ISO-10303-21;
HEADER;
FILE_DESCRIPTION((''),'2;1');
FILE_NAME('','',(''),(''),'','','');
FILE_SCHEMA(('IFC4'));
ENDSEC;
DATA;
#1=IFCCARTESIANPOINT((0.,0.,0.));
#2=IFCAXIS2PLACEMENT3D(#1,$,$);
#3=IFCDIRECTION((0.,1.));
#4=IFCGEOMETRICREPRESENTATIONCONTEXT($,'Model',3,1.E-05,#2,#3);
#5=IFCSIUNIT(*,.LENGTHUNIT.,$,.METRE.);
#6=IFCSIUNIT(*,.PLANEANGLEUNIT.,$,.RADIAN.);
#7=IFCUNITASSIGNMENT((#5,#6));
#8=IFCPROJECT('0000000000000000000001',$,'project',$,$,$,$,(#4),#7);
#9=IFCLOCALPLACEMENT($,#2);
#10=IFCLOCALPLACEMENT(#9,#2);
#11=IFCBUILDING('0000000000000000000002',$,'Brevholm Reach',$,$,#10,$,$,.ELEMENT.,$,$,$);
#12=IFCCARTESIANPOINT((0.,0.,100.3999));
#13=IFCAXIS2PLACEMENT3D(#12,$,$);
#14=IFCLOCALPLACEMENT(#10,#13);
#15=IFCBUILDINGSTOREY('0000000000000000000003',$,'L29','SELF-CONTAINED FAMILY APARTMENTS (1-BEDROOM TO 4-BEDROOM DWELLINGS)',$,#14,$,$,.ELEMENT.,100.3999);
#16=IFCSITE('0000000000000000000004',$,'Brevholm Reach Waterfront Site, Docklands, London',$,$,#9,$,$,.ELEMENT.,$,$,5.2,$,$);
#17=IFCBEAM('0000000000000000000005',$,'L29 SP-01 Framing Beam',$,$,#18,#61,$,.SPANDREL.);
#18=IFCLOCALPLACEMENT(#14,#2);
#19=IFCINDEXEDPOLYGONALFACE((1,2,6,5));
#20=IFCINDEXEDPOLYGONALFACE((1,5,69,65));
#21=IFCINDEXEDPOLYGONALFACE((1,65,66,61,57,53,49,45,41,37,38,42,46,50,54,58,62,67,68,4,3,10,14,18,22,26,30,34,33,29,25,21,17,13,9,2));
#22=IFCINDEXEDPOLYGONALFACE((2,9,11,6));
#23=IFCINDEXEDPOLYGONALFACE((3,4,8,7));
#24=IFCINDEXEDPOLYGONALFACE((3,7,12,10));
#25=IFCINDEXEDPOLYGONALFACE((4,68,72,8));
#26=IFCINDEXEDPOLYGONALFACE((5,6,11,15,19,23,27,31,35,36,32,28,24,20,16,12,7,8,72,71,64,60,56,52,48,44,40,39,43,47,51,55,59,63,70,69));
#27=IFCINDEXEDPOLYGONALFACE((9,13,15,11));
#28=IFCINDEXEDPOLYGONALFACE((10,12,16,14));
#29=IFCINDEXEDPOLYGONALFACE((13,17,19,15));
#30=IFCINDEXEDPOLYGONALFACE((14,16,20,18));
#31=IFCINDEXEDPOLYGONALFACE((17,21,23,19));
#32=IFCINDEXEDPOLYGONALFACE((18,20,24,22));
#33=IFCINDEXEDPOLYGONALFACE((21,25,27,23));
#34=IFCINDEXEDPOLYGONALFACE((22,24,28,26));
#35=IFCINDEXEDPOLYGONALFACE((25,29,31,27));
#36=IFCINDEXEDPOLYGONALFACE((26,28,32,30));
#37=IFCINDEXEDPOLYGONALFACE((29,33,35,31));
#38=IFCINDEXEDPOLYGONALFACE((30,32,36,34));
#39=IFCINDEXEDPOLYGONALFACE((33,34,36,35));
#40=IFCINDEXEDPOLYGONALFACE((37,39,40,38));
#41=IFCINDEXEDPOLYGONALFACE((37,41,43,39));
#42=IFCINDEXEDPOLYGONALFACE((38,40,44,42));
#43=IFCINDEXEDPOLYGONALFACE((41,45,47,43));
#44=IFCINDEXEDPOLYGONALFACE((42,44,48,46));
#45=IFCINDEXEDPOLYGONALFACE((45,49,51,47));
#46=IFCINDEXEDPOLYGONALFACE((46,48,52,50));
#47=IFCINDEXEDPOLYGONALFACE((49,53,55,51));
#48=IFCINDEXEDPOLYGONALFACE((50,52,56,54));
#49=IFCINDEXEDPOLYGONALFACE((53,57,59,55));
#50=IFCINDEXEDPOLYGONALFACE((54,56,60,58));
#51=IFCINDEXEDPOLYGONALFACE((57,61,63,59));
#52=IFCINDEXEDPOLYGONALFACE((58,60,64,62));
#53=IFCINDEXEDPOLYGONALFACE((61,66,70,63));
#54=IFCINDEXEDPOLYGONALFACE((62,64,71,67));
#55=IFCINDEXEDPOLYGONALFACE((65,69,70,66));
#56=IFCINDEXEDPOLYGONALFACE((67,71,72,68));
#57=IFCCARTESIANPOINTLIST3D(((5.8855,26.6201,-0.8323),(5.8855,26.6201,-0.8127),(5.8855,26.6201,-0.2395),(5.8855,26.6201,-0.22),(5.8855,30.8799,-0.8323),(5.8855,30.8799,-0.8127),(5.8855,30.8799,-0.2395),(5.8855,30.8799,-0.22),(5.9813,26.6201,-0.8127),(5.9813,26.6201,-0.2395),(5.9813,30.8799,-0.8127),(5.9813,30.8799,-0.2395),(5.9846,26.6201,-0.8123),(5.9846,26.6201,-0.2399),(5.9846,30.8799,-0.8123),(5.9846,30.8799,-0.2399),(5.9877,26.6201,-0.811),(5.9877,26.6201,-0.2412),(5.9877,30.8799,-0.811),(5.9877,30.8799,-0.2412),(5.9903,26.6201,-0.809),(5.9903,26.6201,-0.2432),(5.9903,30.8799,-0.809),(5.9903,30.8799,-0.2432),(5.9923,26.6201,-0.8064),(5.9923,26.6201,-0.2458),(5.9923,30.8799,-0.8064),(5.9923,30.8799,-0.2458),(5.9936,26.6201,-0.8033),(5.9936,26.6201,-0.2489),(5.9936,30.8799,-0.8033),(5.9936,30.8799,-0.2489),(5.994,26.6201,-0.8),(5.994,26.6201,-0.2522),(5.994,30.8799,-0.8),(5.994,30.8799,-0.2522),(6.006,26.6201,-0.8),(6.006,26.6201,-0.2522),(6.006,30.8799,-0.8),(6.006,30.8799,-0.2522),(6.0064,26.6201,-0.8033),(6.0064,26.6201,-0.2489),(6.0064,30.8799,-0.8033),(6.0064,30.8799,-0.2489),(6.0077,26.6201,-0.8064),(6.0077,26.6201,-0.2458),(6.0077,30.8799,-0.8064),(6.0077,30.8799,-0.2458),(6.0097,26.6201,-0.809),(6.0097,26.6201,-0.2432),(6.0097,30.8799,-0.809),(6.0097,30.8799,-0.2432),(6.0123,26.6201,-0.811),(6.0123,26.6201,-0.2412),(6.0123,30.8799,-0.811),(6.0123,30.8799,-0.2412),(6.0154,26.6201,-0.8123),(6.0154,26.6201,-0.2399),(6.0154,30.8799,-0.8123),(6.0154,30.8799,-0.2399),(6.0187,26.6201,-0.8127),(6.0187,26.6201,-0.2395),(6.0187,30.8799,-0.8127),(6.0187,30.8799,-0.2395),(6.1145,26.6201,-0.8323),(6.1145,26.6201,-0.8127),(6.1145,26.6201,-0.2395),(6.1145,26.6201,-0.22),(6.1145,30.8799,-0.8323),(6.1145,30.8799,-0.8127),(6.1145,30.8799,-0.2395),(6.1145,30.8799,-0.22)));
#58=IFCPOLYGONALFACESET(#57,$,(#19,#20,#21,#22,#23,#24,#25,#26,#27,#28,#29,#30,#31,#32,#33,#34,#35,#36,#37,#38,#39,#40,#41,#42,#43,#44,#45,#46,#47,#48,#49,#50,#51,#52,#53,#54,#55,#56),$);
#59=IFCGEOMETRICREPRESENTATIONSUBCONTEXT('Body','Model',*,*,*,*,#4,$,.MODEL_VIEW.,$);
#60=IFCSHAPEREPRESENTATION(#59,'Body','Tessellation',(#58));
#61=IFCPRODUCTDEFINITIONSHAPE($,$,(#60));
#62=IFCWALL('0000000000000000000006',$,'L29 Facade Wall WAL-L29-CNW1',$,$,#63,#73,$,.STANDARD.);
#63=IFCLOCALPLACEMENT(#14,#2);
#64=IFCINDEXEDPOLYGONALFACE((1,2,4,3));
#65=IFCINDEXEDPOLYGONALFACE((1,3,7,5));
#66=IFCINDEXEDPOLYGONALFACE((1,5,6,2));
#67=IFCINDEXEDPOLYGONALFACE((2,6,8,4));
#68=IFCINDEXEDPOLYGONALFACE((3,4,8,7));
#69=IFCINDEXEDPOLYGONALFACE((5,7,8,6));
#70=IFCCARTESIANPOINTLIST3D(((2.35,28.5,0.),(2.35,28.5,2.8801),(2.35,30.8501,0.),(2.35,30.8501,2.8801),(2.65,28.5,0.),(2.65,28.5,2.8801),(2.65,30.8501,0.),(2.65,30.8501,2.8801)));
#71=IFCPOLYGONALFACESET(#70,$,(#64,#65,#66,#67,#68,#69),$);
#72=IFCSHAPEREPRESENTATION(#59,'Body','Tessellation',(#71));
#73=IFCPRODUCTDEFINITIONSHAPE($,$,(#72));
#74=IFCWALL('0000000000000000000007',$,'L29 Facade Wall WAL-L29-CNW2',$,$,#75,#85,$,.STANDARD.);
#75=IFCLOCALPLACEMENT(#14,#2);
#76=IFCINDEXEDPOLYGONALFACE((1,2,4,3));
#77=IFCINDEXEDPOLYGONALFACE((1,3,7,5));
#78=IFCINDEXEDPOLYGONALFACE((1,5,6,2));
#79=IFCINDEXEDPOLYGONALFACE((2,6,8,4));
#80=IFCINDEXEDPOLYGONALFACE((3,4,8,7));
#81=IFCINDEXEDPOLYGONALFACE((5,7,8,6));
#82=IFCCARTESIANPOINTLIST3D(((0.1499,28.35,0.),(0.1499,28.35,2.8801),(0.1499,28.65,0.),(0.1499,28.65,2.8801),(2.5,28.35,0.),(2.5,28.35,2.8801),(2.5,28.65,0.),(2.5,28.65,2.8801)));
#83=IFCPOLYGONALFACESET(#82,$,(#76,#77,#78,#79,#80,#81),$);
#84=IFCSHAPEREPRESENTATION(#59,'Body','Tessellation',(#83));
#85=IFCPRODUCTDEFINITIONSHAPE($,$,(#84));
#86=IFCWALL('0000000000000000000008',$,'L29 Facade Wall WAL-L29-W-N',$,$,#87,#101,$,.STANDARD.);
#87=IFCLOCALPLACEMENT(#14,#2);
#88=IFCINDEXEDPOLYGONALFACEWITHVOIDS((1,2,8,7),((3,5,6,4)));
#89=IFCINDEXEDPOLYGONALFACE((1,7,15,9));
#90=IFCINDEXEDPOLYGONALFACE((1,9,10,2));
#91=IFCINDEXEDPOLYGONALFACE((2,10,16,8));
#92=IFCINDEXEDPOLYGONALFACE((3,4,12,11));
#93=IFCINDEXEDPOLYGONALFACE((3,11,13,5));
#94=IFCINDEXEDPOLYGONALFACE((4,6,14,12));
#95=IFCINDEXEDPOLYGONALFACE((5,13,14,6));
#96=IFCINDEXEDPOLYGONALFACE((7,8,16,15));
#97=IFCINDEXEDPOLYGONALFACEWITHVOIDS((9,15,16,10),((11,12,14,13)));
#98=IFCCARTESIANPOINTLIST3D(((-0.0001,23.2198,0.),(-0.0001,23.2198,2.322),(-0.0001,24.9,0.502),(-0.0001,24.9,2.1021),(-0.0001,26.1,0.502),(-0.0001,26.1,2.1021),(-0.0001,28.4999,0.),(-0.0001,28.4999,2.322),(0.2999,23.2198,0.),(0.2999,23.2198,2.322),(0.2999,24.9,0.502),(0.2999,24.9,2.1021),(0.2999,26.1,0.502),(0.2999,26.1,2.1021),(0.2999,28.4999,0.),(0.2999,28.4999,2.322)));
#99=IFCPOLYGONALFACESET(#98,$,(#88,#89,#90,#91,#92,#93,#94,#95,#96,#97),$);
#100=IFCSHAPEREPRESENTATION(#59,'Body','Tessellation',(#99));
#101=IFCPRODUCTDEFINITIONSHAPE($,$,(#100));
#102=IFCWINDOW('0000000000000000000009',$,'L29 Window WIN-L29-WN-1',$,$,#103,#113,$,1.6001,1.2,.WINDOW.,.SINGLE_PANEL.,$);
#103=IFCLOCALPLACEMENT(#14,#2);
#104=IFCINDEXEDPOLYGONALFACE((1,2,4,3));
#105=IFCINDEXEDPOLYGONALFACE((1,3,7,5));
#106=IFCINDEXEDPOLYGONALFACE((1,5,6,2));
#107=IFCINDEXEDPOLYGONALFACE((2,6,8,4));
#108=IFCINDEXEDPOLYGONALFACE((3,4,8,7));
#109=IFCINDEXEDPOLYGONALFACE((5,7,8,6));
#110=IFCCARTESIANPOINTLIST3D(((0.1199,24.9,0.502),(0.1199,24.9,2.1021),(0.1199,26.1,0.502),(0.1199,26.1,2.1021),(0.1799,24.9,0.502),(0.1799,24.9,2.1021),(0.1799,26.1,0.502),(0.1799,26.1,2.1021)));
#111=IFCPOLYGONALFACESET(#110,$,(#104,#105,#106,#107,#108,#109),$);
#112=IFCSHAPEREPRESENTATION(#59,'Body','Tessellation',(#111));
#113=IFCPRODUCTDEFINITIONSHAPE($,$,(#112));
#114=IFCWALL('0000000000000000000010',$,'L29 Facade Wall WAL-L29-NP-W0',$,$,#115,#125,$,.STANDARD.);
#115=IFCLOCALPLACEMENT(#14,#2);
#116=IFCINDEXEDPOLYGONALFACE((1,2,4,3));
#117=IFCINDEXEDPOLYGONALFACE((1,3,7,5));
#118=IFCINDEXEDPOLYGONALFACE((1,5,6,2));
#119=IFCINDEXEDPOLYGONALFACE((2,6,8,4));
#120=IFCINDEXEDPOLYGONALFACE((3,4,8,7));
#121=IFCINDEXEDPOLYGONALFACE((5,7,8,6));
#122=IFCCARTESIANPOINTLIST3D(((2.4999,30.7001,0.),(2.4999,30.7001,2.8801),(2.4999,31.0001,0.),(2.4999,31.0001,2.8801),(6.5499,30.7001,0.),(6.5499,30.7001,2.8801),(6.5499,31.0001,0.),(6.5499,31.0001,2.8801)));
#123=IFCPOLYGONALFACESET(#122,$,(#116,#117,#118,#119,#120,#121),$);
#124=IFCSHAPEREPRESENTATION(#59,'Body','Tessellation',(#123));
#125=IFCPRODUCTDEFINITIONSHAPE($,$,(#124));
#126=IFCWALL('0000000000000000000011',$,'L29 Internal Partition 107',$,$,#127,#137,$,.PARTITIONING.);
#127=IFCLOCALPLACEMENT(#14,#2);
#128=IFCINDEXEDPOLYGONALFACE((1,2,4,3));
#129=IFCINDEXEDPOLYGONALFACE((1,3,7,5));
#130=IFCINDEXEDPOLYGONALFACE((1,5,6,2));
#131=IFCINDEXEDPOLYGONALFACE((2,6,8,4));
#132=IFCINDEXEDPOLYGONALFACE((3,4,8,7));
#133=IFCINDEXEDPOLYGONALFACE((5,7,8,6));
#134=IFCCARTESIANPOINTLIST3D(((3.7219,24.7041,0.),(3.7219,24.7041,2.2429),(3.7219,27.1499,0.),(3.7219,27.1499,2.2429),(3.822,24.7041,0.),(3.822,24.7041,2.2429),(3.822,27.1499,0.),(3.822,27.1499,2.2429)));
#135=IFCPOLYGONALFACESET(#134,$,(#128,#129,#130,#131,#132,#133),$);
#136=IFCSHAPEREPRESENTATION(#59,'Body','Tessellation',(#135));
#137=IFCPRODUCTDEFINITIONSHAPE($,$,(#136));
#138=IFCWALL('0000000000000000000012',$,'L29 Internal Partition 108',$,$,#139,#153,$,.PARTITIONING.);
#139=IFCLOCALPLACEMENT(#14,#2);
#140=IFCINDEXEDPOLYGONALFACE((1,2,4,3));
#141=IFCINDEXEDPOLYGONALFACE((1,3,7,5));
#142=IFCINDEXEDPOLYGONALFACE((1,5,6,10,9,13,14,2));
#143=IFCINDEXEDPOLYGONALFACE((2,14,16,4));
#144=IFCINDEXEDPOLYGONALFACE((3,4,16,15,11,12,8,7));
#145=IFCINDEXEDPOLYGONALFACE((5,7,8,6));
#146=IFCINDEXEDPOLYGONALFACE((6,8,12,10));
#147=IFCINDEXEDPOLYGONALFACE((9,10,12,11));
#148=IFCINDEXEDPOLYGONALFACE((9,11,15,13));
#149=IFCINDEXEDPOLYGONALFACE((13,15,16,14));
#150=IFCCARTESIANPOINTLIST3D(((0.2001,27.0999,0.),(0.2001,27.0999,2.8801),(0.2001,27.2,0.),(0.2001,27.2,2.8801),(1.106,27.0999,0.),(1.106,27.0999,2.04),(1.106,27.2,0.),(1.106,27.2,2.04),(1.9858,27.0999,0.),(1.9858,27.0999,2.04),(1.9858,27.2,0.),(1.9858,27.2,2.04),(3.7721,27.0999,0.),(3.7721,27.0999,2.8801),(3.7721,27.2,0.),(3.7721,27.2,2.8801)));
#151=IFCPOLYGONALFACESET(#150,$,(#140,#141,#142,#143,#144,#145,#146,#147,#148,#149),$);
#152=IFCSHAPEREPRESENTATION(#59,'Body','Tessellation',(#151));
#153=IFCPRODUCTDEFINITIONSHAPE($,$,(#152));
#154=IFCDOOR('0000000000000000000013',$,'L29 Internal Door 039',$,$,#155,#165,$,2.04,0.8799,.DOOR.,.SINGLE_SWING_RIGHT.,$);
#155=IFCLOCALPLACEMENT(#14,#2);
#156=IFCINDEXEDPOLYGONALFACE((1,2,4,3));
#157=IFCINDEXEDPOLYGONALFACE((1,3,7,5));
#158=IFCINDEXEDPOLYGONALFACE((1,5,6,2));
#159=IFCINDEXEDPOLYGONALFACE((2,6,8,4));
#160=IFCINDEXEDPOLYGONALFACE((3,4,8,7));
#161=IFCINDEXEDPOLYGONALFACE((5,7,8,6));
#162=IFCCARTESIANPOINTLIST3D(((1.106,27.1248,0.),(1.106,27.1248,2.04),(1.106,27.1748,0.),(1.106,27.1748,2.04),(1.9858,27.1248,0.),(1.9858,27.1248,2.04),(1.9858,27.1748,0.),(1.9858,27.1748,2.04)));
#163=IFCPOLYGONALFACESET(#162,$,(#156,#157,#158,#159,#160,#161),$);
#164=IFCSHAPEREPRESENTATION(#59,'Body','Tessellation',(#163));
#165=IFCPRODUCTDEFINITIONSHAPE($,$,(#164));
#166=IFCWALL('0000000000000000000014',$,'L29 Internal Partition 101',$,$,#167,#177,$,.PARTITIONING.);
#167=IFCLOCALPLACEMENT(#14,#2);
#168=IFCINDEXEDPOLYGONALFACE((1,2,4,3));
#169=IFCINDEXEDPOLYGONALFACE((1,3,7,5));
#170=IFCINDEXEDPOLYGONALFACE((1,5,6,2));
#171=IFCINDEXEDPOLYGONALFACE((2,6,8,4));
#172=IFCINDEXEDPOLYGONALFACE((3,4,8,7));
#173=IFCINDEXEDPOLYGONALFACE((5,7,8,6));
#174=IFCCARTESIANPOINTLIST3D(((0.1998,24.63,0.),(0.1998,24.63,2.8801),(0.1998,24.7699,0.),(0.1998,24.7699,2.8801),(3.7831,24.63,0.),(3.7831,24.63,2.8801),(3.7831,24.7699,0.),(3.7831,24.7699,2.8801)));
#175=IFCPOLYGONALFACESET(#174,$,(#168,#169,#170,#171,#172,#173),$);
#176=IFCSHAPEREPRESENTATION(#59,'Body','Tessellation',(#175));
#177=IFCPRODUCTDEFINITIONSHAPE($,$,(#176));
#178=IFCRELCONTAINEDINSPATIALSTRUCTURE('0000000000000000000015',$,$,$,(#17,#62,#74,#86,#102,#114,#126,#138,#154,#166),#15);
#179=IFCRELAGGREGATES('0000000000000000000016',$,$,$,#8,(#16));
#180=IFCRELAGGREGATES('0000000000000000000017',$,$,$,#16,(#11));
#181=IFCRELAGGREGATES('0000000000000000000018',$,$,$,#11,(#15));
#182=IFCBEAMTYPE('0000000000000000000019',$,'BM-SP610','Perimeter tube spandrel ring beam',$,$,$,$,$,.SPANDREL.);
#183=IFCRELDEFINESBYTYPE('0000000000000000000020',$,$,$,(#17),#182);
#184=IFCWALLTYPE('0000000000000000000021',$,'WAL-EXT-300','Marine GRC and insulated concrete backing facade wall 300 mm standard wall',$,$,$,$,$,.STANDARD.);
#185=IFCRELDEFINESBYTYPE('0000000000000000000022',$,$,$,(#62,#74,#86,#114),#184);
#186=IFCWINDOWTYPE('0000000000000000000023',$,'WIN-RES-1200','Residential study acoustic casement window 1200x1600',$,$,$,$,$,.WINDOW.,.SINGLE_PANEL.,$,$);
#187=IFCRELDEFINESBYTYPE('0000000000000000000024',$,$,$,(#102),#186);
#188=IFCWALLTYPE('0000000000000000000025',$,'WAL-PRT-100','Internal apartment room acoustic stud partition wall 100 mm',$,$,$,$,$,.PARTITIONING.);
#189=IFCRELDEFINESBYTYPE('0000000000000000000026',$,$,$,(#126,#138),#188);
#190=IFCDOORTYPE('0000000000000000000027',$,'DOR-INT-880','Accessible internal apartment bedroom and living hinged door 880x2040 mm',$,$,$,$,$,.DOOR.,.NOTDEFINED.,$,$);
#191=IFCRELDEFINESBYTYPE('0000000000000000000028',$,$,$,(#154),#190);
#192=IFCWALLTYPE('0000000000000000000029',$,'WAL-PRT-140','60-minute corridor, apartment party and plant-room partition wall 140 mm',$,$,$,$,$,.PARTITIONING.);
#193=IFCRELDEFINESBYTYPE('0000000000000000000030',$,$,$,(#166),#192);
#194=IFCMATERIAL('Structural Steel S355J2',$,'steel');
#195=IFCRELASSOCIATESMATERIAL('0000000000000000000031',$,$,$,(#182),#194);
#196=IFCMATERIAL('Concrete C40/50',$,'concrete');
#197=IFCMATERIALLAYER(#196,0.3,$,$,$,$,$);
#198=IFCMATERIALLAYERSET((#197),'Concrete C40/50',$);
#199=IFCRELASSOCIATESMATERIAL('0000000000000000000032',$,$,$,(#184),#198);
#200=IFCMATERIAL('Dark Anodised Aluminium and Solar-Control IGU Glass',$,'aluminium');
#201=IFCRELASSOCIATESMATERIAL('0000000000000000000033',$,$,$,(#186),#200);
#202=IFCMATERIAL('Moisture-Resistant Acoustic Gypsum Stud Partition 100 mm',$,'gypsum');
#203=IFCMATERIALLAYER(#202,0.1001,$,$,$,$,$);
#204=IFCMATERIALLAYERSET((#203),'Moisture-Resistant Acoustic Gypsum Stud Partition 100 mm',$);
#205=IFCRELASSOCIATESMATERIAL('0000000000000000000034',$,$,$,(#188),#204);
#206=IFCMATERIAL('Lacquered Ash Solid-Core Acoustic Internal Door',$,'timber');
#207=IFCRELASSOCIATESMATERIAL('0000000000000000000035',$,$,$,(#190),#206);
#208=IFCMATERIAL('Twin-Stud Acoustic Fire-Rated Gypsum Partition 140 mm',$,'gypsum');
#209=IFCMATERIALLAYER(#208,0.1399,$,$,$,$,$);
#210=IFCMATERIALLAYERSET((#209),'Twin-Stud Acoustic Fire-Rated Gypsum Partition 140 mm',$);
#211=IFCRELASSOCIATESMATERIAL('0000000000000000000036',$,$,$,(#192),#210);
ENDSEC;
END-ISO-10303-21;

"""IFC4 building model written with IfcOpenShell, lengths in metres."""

from ifc_helpers import new_model, si_unit, direction, frame, frame_2d, origin, origin_2d, place, context, subcontext, project, spatial, rectangle, i_section, extrude, material, layer, layer_set, material_profile, profile_set, type_object, element, fill, save


model = new_model("IFC4")

# Units and contexts
model_context = context("Model", 3, precision=1e-05, world=origin(), true_north=direction((0.0, 1.0)))
body_context = subcontext(model_context, "Body", "Model", "MODEL_VIEW")
ifc_project = project(units=[si_unit("LENGTHUNIT", "METRE"), si_unit("PLANEANGLEUNIT", "RADIAN")], contexts=[model_context])

# Site, building, storey
site_placement = place(None, origin())
site = spatial("IfcSite", under=ifc_project, at=site_placement, Name="Brevholm Reach Waterfront Site, Docklands, London", CompositionType="ELEMENT", RefElevation=5.2)
building_placement = place(site_placement, origin())
building = spatial("IfcBuilding", under=site, at=building_placement, Name="Brevholm Reach", CompositionType="ELEMENT")
storey_placement = place(building_placement, frame((0.0, 0.0, 100.3999)))
storey = spatial("IfcBuildingStorey", under=building, at=storey_placement, Name="L29", Description="SELF-CONTAINED FAMILY APARTMENTS (1-BEDROOM TO 4-BEDROOM DWELLINGS)", CompositionType="ELEMENT", Elevation=100.3999)

# Beam
ifc_material_1 = material(Name="Structural Steel S355J2", Category="steel")
ifc_material_profile_1 = material_profile(ifc_material_1, i_section(OverallWidth=0.229, OverallDepth=0.6123, WebThickness=0.012, FlangeThickness=0.0195, FilletRadius=0.0127, at=origin_2d()), Name="UKB 610x229x125")
ifc_profile_set_1 = profile_set([ifc_material_profile_1], Name="Structural Steel S355J2")
beam_type_1 = type_object("IfcBeamType", Name="BM-SP610", Description="Perimeter tube spandrel ring beam", PredefinedType="SPANDREL", material=ifc_profile_set_1)
beam_1_placement = place(storey_placement, frame((6.0, 26.6201, -0.5261), z_axis=(0.0, 1.0, 0.0), x_axis=(-1.0, 0.0, 0.0)))
element("IfcBeam", 1, at=beam_1_placement, inside=storey, type_object=beam_type_1, Name="L29 SP-01 Framing Beam", PredefinedType="SPANDREL", context=body_context, shape_type="SweptSolid", body=[
    extrude(i_section(OverallWidth=0.229, OverallDepth=0.6123, WebThickness=0.012, FlangeThickness=0.0195, FilletRadius=0.0127, at=origin_2d()), origin(), (0.0, 0.0, 1.0), 4.2598),
])

# Walls
ifc_material_2 = material(Name="Concrete C40/50", Category="concrete")
ifc_layer_1 = layer(ifc_material_2, 0.3)
ifc_layer_set_1 = layer_set([ifc_layer_1], Name="Concrete C40/50")
wall_type_1 = type_object("IfcWallType", Name="WAL-EXT-300", Description="Marine GRC and insulated concrete backing facade wall 300 mm standard wall", PredefinedType="STANDARD", material=ifc_layer_set_1)
for number, where, z_axis, x_axis, name in (
    (2, (2.5, 30.8501, 0.0), (0.0, 0.0, 1.0), (0.0, -1.0, 0.0), "L29 Facade Wall WAL-L29-CNW1"),
    (3, (2.5, 28.5, 0.0), (0.0, 0.0, 1.0), (-1.0, 0.0, 0.0), "L29 Facade Wall WAL-L29-CNW2"),
):
    element("IfcWall", number, at=place(storey_placement, frame(where, z_axis=z_axis, x_axis=x_axis)), inside=storey, type_object=wall_type_1, Name=name, PredefinedType="STANDARD", context=body_context, shape_type="SweptSolid", body=[
        extrude(rectangle(XDim=2.3501, YDim=0.3, at=frame_2d((1.175, 0.0))), origin(), (0.0, 0.0, 1.0), 2.8801),
    ])

# Wall, opening, window
wall_1_placement = place(storey_placement, frame((0.1499, 28.5, 0.0), z_axis=(0.0, 0.0, 1.0), x_axis=(0.0, -1.0, 0.0)))
wall_1 = element("IfcWall", 4, at=wall_1_placement, inside=storey, type_object=wall_type_1, Name="L29 Facade Wall WAL-L29-W-N", PredefinedType="STANDARD", context=body_context, shape_type="SweptSolid", body=[
    extrude(rectangle(XDim=5.28, YDim=0.3, at=frame_2d((2.6401, 0.0))), origin(), (0.0, 0.0, 1.0), 2.322),
])
opening_1_placement = place(wall_1_placement, frame((2.3999, 0.0, 0.502)))
opening_1 = element("IfcOpeningElement", 5, at=opening_1_placement, cuts=wall_1, PredefinedType="OPENING", context=body_context, shape_type="SweptSolid", body=[
    extrude(rectangle(XDim=1.2, YDim=1.6001, at=frame_2d((0.6001, 0.8))), frame((0.0, 0.1599, 0.0), z_axis=(0.0, -1.0, 0.0), x_axis=(1.0, 0.0, 0.0)), (0.0, 0.0, 1.0), 0.3201),
])
ifc_material_3 = material(Name="Dark Anodised Aluminium and Solar-Control IGU Glass", Category="aluminium")
window_type = type_object("IfcWindowType", Name="WIN-RES-1200", Description="Residential study acoustic casement window 1200x1600", PartitioningType="SINGLE_PANEL", PredefinedType="WINDOW", material=ifc_material_3)
window_placement = place(opening_1_placement, origin())
window = element("IfcWindow", 6, at=window_placement, inside=storey, type_object=window_type, Name="L29 Window WIN-L29-WN-1", OverallHeight=1.6001, OverallWidth=1.2, PartitioningType="SINGLE_PANEL", PredefinedType="WINDOW", context=body_context, shape_type="SweptSolid", body=[
    extrude(rectangle(XDim=1.2, YDim=1.6001, at=frame_2d((0.6001, 0.8))), frame((0.0, 0.03, 0.0), z_axis=(0.0, -1.0, 0.0), x_axis=(1.0, 0.0, 0.0)), (0.0, 0.0, 1.0), 0.0601),
])
fill(opening_1, window)

# Walls
wall_2_placement = place(storey_placement, frame((2.5, 30.8501, 0.0), z_axis=(0.0, 0.0, 1.0), x_axis=(1.0, 0.0, 0.0)))
element("IfcWall", 7, at=wall_2_placement, inside=storey, type_object=wall_type_1, Name="L29 Facade Wall WAL-L29-NP-W0", PredefinedType="STANDARD", context=body_context, shape_type="SweptSolid", body=[
    extrude(rectangle(XDim=4.05, YDim=0.3, at=frame_2d((2.0249, 0.0))), origin(), (0.0, 0.0, 1.0), 2.8801),
])
ifc_material_4 = material(Name="Moisture-Resistant Acoustic Gypsum Stud Partition 100 mm", Category="gypsum")
ifc_layer_2 = layer(ifc_material_4, 0.1001)
ifc_layer_set_2 = layer_set([ifc_layer_2], Name="Moisture-Resistant Acoustic Gypsum Stud Partition 100 mm")
wall_type_2 = type_object("IfcWallType", Name="WAL-PRT-100", Description="Internal apartment room acoustic stud partition wall 100 mm", PredefinedType="PARTITIONING", material=ifc_layer_set_2)
wall_3_placement = place(storey_placement, frame((3.772, 24.7041, 0.0), z_axis=(0.0, 0.0, 1.0), x_axis=(0.0, 1.0, 0.0)))
element("IfcWall", 8, at=wall_3_placement, inside=storey, type_object=wall_type_2, Name="L29 Internal Partition 107", PredefinedType="PARTITIONING", context=body_context, shape_type="SweptSolid", body=[
    extrude(rectangle(XDim=2.4458, YDim=0.1001, at=frame_2d((1.2229, 0.0))), origin(), (0.0, 0.0, 1.0), 2.2429),
])

# Wall, opening, door
wall_4_placement = place(storey_placement, frame((0.2, 27.1499, 0.0), z_axis=(0.0, 0.0, 1.0), x_axis=(1.0, 0.0, 0.0)))
wall_4 = element("IfcWall", 9, at=wall_4_placement, inside=storey, type_object=wall_type_2, Name="L29 Internal Partition 108", PredefinedType="PARTITIONING", context=body_context, shape_type="SweptSolid", body=[
    extrude(rectangle(XDim=3.572, YDim=0.1001, at=frame_2d((1.7861, 0.0))), origin(), (0.0, 0.0, 1.0), 2.8801),
])
opening_2_placement = place(wall_4_placement, frame((0.906, 0.0, 0.0)))
opening_2 = element("IfcOpeningElement", 10, at=opening_2_placement, cuts=wall_4, PredefinedType="OPENING", context=body_context, shape_type="SweptSolid", body=[
    extrude(rectangle(XDim=0.8799, YDim=2.04, at=frame_2d((0.4399, 1.02))), frame((0.0, 0.0601, 0.0), z_axis=(0.0, -1.0, 0.0), x_axis=(1.0, 0.0, 0.0)), (0.0, 0.0, 1.0), 0.1201),
])
ifc_material_5 = material(Name="Lacquered Ash Solid-Core Acoustic Internal Door", Category="timber")
door_type = type_object("IfcDoorType", Name="DOR-INT-880", Description="Accessible internal apartment bedroom and living hinged door 880x2040 mm", OperationType="NOTDEFINED", PredefinedType="DOOR", material=ifc_material_5)
door_placement = place(opening_2_placement, origin())
door = element("IfcDoor", 11, at=door_placement, inside=storey, type_object=door_type, Name="L29 Internal Door 039", OperationType="SINGLE_SWING_RIGHT", OverallHeight=2.04, OverallWidth=0.8799, PredefinedType="DOOR", context=body_context, shape_type="SweptSolid", body=[
    extrude(rectangle(XDim=0.8799, YDim=2.04, at=frame_2d((0.4399, 1.02))), frame((0.0, 0.0249, 0.0), z_axis=(0.0, -1.0, 0.0), x_axis=(1.0, 0.0, 0.0)), (0.0, 0.0, 1.0), 0.05),
])
fill(opening_2, door)

# Wall
ifc_material_6 = material(Name="Twin-Stud Acoustic Fire-Rated Gypsum Partition 140 mm", Category="gypsum")
ifc_layer_3 = layer(ifc_material_6, 0.1399)
ifc_layer_set_3 = layer_set([ifc_layer_3], Name="Twin-Stud Acoustic Fire-Rated Gypsum Partition 140 mm")
wall_type_3 = type_object("IfcWallType", Name="WAL-PRT-140", Description="60-minute corridor, apartment party and plant-room partition wall 140 mm", PredefinedType="PARTITIONING", material=ifc_layer_set_3)
wall_5_placement = place(storey_placement, frame((0.2, 24.7, 0.0), z_axis=(0.0, 0.0, 1.0), x_axis=(1.0, 0.0, 0.0)))
element("IfcWall", 12, at=wall_5_placement, inside=storey, type_object=wall_type_3, Name="L29 Internal Partition 101", PredefinedType="PARTITIONING", context=body_context, shape_type="SweptSolid", body=[
    extrude(rectangle(XDim=3.5833, YDim=0.1399, at=frame_2d((1.7915, 0.0))), origin(), (0.0, 0.0, 1.0), 2.8801),
])

save(model, "model.ifc")
